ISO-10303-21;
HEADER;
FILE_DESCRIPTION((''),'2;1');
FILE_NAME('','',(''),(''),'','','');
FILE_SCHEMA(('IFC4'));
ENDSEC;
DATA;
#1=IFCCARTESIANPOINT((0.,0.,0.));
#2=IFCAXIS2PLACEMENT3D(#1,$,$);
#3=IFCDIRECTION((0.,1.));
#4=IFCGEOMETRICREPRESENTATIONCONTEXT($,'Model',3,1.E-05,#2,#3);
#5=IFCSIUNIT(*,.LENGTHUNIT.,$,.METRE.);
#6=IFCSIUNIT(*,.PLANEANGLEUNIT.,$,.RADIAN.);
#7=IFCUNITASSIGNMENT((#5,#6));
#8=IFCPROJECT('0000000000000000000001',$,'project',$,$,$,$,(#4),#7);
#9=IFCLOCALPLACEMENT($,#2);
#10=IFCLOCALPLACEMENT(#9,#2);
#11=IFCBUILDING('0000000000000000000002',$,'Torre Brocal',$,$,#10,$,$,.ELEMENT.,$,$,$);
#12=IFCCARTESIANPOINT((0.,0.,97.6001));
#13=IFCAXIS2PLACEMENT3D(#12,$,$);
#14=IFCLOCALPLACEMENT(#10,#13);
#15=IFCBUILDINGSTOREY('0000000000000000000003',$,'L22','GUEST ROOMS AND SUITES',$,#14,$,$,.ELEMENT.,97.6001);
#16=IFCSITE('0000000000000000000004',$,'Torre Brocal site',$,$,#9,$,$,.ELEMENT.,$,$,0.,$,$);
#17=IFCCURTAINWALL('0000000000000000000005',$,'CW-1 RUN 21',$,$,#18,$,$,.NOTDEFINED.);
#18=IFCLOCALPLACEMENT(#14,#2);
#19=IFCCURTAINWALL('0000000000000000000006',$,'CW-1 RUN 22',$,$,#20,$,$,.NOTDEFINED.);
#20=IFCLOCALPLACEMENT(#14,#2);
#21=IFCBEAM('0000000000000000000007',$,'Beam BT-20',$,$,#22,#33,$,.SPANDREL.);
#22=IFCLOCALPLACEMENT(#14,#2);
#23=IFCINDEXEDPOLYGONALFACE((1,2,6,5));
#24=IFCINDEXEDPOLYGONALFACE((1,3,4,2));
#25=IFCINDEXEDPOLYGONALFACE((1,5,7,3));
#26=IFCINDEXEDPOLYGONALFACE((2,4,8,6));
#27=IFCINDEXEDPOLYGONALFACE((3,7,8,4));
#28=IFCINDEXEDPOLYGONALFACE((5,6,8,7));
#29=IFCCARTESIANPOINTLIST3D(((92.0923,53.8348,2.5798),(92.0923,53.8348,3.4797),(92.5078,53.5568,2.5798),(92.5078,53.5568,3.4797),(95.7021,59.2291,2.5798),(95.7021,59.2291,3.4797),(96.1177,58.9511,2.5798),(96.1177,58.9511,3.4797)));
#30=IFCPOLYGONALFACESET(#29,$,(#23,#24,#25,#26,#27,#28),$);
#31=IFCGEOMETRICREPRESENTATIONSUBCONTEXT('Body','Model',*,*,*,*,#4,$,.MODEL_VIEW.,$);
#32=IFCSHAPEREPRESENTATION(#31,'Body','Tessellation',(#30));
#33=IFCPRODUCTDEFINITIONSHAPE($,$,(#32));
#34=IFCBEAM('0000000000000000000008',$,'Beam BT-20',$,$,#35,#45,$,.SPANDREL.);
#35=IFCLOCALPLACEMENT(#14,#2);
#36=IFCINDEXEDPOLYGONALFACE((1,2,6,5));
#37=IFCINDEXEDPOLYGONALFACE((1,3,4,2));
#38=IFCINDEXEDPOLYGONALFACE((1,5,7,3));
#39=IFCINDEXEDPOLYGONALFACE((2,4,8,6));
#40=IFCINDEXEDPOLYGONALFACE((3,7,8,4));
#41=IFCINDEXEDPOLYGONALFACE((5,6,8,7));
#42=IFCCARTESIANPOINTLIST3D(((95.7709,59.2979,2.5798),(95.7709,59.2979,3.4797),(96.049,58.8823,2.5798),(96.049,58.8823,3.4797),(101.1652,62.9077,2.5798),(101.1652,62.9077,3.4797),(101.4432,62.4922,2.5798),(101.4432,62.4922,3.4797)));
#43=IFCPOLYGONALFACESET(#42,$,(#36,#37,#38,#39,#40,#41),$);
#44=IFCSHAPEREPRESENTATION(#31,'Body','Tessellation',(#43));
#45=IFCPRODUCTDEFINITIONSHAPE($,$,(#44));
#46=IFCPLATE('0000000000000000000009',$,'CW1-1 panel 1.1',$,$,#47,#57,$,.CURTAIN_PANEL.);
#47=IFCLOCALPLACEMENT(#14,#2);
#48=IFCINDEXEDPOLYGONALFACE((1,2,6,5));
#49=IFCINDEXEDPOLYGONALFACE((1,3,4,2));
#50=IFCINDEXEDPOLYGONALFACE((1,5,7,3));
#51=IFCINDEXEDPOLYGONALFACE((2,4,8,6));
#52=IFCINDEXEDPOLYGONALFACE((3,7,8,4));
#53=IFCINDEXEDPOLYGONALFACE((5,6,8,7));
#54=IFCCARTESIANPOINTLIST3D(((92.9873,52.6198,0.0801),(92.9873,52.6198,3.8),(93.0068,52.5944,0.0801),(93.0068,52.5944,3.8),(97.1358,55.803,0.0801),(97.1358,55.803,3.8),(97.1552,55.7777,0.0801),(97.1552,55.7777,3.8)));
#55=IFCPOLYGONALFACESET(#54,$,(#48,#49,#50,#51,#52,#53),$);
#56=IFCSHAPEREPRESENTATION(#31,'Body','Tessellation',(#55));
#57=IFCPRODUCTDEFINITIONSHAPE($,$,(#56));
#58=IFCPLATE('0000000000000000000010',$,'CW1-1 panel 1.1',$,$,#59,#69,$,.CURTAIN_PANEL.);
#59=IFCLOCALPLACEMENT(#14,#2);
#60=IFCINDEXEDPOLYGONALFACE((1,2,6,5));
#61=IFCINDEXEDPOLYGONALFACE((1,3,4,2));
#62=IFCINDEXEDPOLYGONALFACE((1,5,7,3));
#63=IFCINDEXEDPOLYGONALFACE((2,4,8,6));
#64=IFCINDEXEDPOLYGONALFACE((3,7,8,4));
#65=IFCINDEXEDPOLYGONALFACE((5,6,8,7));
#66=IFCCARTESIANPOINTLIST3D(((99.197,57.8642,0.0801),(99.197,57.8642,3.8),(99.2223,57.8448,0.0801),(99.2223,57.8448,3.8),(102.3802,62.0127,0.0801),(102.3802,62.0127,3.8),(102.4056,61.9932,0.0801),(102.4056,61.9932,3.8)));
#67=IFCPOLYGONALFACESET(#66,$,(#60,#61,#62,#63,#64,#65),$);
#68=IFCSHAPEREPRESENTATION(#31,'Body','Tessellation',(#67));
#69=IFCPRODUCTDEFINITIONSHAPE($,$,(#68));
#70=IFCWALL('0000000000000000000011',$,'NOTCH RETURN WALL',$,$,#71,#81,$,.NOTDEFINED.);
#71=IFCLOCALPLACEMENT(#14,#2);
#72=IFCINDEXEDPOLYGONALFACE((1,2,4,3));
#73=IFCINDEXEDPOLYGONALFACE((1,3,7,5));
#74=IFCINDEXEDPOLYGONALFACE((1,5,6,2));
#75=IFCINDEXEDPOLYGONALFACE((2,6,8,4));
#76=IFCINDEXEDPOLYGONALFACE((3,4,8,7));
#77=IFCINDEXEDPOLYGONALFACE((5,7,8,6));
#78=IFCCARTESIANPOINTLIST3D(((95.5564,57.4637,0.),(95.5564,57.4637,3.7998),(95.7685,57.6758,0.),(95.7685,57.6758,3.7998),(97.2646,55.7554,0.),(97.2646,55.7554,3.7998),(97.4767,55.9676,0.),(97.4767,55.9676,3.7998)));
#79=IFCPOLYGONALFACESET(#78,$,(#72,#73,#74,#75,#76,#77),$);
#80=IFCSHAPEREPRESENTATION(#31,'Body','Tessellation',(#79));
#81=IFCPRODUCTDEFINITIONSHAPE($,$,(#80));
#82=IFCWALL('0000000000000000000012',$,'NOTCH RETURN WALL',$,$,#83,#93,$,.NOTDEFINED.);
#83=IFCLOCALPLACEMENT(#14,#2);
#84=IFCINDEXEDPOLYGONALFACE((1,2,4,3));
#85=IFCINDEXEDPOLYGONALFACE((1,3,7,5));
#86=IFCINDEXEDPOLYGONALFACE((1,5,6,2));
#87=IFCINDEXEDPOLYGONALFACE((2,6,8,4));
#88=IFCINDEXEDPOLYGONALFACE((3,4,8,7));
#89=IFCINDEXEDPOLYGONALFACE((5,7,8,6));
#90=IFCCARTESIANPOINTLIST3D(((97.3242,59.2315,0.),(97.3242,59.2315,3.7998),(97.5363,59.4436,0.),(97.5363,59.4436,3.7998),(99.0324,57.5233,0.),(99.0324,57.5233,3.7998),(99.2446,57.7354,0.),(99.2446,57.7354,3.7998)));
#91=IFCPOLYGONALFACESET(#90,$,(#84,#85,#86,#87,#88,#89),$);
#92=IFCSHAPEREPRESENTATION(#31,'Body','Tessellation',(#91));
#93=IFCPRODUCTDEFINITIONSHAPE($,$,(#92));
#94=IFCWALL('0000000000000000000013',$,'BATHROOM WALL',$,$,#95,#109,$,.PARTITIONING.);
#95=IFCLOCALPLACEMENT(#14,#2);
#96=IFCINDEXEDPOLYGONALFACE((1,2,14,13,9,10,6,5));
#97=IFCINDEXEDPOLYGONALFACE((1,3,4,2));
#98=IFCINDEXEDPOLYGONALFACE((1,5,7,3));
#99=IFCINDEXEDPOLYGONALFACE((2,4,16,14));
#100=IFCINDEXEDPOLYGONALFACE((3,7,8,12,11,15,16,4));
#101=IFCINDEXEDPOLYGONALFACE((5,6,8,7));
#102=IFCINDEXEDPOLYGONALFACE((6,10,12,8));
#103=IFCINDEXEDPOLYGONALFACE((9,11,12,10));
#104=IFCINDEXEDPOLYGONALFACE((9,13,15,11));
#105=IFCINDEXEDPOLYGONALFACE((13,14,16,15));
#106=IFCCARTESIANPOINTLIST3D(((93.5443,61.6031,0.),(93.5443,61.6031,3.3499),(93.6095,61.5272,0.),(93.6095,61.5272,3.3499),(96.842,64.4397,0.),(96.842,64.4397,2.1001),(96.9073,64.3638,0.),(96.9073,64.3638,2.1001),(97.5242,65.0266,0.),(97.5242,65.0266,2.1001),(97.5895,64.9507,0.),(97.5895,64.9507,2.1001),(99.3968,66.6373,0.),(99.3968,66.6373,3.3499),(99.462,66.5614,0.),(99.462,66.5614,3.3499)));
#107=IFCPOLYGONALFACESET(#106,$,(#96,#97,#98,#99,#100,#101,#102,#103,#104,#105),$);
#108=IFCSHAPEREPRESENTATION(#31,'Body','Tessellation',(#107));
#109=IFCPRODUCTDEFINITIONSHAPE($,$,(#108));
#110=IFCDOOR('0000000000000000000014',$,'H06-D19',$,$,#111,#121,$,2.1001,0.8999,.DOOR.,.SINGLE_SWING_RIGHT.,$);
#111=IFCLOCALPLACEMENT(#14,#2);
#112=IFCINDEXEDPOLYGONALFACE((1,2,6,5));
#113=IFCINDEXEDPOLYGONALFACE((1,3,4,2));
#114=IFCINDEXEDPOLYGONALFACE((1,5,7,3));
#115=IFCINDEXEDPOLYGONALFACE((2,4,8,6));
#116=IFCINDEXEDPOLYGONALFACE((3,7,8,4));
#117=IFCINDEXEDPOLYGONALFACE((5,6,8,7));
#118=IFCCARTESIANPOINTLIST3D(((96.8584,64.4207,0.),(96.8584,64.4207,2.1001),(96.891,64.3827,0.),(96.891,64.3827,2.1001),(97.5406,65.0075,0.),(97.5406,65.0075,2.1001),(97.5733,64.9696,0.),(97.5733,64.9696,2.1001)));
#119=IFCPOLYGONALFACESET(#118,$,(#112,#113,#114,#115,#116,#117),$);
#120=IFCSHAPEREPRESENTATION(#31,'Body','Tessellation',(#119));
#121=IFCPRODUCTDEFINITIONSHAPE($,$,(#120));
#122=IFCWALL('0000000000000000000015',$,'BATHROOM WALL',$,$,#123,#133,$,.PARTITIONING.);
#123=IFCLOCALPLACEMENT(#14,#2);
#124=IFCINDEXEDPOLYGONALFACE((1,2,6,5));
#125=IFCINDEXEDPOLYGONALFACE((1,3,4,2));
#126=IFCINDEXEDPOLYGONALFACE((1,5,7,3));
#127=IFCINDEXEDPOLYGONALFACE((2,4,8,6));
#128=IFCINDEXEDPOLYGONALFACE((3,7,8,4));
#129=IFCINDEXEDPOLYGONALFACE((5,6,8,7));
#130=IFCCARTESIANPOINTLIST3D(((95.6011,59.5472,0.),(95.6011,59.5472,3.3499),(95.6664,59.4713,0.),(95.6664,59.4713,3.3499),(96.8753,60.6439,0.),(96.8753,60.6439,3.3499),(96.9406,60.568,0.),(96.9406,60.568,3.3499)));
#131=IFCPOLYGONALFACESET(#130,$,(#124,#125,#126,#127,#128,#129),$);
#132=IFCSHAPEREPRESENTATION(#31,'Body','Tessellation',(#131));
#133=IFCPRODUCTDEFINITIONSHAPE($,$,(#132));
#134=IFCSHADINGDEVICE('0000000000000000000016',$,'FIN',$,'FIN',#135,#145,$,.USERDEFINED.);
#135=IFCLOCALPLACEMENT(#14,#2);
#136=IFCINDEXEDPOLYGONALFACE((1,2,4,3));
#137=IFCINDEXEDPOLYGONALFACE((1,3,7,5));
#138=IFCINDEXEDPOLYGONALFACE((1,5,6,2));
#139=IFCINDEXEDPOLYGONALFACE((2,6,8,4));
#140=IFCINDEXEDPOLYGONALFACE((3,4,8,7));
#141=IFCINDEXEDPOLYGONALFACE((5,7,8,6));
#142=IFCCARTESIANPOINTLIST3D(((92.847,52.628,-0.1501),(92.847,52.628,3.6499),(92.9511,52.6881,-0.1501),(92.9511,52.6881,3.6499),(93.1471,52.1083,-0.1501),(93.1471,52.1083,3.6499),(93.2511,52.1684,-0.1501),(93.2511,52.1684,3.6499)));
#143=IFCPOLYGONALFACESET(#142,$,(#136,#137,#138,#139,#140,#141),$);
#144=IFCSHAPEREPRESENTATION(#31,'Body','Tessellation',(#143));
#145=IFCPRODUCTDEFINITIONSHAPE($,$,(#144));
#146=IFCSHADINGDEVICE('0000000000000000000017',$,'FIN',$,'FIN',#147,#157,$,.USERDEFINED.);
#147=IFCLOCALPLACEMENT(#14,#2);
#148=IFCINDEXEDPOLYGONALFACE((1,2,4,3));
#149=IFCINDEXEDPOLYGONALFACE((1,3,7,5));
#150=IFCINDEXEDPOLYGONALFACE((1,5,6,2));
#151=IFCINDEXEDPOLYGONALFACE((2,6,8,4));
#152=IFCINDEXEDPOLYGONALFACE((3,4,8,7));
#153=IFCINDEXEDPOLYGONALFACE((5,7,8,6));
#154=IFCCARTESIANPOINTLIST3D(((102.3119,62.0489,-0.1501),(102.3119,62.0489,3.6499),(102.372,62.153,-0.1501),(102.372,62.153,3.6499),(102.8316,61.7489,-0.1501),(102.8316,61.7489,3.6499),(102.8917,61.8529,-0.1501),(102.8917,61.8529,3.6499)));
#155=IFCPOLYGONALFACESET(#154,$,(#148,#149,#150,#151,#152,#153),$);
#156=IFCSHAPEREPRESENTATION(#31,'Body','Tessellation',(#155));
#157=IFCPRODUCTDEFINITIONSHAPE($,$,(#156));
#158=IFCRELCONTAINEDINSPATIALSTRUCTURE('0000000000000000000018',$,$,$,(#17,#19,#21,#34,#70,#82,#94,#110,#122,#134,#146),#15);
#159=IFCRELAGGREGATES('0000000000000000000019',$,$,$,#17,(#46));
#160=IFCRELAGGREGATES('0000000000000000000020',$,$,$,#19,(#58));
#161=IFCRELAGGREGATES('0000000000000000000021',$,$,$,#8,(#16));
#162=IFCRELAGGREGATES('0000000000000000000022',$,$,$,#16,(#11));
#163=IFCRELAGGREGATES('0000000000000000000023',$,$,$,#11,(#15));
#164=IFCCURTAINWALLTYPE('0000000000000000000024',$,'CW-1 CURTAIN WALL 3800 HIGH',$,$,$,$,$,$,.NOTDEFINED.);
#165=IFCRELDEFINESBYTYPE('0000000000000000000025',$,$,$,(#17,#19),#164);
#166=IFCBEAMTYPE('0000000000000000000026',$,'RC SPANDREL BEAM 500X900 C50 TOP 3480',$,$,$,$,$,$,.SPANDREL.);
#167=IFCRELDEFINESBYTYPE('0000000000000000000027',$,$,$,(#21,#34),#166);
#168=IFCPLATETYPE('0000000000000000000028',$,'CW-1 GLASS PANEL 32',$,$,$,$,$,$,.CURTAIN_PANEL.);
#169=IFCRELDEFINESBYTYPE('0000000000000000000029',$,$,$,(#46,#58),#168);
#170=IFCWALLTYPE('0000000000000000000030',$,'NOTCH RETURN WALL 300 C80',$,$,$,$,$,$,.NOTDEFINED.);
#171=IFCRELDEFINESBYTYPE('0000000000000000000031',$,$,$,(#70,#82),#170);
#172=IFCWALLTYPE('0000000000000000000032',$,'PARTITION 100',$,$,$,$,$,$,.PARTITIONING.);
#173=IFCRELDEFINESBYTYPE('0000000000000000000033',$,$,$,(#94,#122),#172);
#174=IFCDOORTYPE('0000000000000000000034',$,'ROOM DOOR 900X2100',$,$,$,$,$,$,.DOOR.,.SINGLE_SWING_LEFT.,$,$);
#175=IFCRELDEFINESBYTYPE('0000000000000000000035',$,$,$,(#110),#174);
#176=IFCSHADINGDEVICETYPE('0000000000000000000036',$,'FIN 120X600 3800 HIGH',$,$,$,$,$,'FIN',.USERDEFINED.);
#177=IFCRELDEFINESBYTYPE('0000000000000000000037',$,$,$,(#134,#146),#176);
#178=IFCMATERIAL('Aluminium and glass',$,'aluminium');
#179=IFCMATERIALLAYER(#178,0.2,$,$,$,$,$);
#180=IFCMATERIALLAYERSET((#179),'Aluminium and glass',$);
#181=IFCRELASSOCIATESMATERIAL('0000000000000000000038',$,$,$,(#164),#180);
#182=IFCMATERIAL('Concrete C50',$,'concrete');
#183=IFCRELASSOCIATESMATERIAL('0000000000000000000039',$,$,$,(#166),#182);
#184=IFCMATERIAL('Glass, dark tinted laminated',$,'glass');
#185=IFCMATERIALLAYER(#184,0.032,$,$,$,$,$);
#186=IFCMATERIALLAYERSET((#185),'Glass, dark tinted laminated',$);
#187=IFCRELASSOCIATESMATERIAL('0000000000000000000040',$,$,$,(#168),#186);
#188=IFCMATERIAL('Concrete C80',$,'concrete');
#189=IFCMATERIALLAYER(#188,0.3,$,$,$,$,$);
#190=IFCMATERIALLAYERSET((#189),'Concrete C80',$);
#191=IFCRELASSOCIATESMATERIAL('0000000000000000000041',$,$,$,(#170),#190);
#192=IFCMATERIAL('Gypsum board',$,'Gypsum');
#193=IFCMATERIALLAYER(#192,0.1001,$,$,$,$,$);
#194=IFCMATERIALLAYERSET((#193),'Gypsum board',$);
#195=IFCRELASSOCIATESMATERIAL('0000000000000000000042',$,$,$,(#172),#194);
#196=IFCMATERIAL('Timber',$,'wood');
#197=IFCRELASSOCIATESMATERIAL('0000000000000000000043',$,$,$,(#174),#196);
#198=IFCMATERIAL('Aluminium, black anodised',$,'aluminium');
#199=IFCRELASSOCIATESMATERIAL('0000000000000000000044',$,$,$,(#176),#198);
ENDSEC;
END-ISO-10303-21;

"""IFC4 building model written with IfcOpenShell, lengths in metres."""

from ifc_helpers import new_model, si_unit, direction, frame, frame_2d, origin, origin_2d, place, context, subcontext, project, spatial, rectangle, extrude, material, layer, layer_set, material_profile, profile_set, type_object, element, fill, aggregate, save


model = new_model("IFC4")

# Units and contexts
model_context = context("Model", 3, precision=1e-05, world=origin(), true_north=direction((0.0, 1.0)))
body_context = subcontext(model_context, "Body", "Model", "MODEL_VIEW")
ifc_project = project(units=[si_unit("LENGTHUNIT", "METRE"), si_unit("PLANEANGLEUNIT", "RADIAN")], contexts=[model_context])

# Site, building, storey
site_placement = place(None, origin())
site = spatial("IfcSite", under=ifc_project, at=site_placement, Name="Torre Brocal site", CompositionType="ELEMENT", RefElevation=0.0)
building_placement = place(site_placement, origin())
building = spatial("IfcBuilding", under=site, at=building_placement, Name="Torre Brocal", CompositionType="ELEMENT")
storey_placement = place(building_placement, frame((0.0, 0.0, 97.6001)))
storey = spatial("IfcBuildingStorey", under=building, at=storey_placement, Name="L22", Description="GUEST ROOMS AND SUITES", CompositionType="ELEMENT", Elevation=97.6001)

# Shared definitions
ifc_material_1 = material(Name="Aluminium and glass", Category="aluminium")
ifc_layer_1 = layer(ifc_material_1, 0.2)
ifc_layer_set_1 = layer_set([ifc_layer_1], Name="Aluminium and glass")
curtain_wall_type = type_object("IfcCurtainWallType", Name="CW-1 CURTAIN WALL 3800 HIGH", PredefinedType="NOTDEFINED", material=ifc_layer_set_1)

# Curtain walls
curtain_wall_1_placement = place(storey_placement, origin())
curtain_wall_1 = element("IfcCurtainWall", 1, at=curtain_wall_1_placement, inside=storey, type_object=curtain_wall_type, Name="CW-1 RUN 21", PredefinedType="NOTDEFINED")
curtain_wall_2_placement = place(storey_placement, origin())
curtain_wall_2 = element("IfcCurtainWall", 2, at=curtain_wall_2_placement, inside=storey, type_object=curtain_wall_type, Name="CW-1 RUN 22", PredefinedType="NOTDEFINED")

# Beams
ifc_material_2 = material(Name="Concrete C50", Category="concrete")
ifc_material_profile_1 = material_profile(ifc_material_2, rectangle(XDim=0.5, YDim=0.8999, at=origin_2d()), Name="RC 500X900")
ifc_profile_set_1 = profile_set([ifc_material_profile_1], Name="Concrete C50")
beam_type_1 = type_object("IfcBeamType", Name="RC SPANDREL BEAM 500X900 C50 TOP 3480", PredefinedType="SPANDREL", material=ifc_profile_set_1)
for number, where, z_axis, x_axis, name in (
    (3, (92.3, 53.6958, 3.0298), (0.556158, 0.831077, 0.0), (-0.831077, 0.556158, 0.0), "Beam BT-20"),
    (4, (95.9099, 59.0901, 3.0298), (0.831077, 0.556158, 0.0), (-0.556158, 0.831077, 0.0), "Beam BT-20"),
):
    element("IfcBeam", number, at=place(storey_placement, frame(where, z_axis=z_axis, x_axis=x_axis)), inside=storey, type_object=beam_type_1, Name=name, PredefinedType="SPANDREL", context=body_context, shape_type="SweptSolid", body=[
        extrude(rectangle(XDim=0.5, YDim=0.8999, at=origin_2d()), origin(), (0.0, 0.0, 1.0), 6.4907),
    ])

# Plates
ifc_material_3 = material(Name="Glass, dark tinted laminated", Category="glass")
ifc_layer_2 = layer(ifc_material_3, 0.032)
ifc_layer_set_2 = layer_set([ifc_layer_2], Name="Glass, dark tinted laminated")
plate_type = type_object("IfcPlateType", Name="CW-1 GLASS PANEL 32", PredefinedType="CURTAIN_PANEL", material=ifc_layer_set_2)
plate_1_placement = place(storey_placement, frame((95.0713, 54.1987, 0.0801), z_axis=(0.0, 0.0, 1.0), x_axis=(0.793353, 0.608761, 0.0)))
plate_1 = element("IfcPlate", 5, at=plate_1_placement, type_object=plate_type, Name="CW1-1 panel 1.1", PredefinedType="CURTAIN_PANEL", context=body_context, shape_type="SweptSolid", body=[
    extrude(rectangle(XDim=5.229, YDim=0.032, at=origin_2d()), origin(), (0.0, 0.0, 1.0), 3.72),
])
aggregate(curtain_wall_1, [plate_1])
plate_2_placement = place(storey_placement, frame((100.8013, 59.9287, 0.0801), z_axis=(0.0, 0.0, 1.0), x_axis=(0.608761, 0.793353, 0.0)))
plate_2 = element("IfcPlate", 6, at=plate_2_placement, type_object=plate_type, Name="CW1-1 panel 1.1", PredefinedType="CURTAIN_PANEL", context=body_context, shape_type="SweptSolid", body=[
    extrude(rectangle(XDim=5.229, YDim=0.032, at=origin_2d()), origin(), (0.0, 0.0, 1.0), 3.72),
])
aggregate(curtain_wall_2, [plate_2])

# Walls
ifc_material_4 = material(Name="Concrete C80", Category="concrete")
ifc_layer_3 = layer(ifc_material_4, 0.3)
ifc_layer_set_3 = layer_set([ifc_layer_3], Name="Concrete C80")
wall_type_1 = type_object("IfcWallType", Name="NOTCH RETURN WALL 300 C80", PredefinedType="NOTDEFINED", material=ifc_layer_set_3)
for number, where, z_axis, x_axis, name in (
    (7, (95.6624, 57.5698, 0.0), (0.0, 0.0, 1.0), (0.707107, -0.707107, 0.0), "NOTCH RETURN WALL"),
    (8, (97.4302, 59.3376, 0.0), (0.0, 0.0, 1.0), (0.707107, -0.707107, 0.0), "NOTCH RETURN WALL"),
):
    element("IfcWall", number, at=place(storey_placement, frame(where, z_axis=z_axis, x_axis=x_axis)), inside=storey, type_object=wall_type_1, Name=name, PredefinedType="NOTDEFINED", context=body_context, shape_type="SweptSolid", body=[
        extrude(rectangle(XDim=2.4158, YDim=0.3, at=frame_2d((1.208, 0.0))), origin(), (0.0, 0.0, 1.0), 3.7998),
    ])

# Wall, opening, door
ifc_material_5 = material(Name="Gypsum board", Category="Gypsum")
ifc_layer_4 = layer(ifc_material_5, 0.1001)
ifc_layer_set_4 = layer_set([ifc_layer_4], Name="Gypsum board")
wall_type_2 = type_object("IfcWallType", Name="PARTITION 100", PredefinedType="PARTITIONING", material=ifc_layer_set_4)
wall_1_placement = place(storey_placement, frame((93.5769, 61.5652, 0.0), z_axis=(0.0, 0.0, 1.0), x_axis=(0.758121, 0.652113, 0.0)))
wall_1 = element("IfcWall", 9, at=wall_1_placement, inside=storey, type_object=wall_type_2, Name="BATHROOM WALL", PredefinedType="PARTITIONING", context=body_context, shape_type="SweptSolid", body=[
    extrude(rectangle(XDim=7.7197, YDim=0.1001, at=frame_2d((3.8599, 0.0))), origin(), (0.0, 0.0, 1.0), 3.3499),
])
opening_placement = place(wall_1_placement, frame((4.3499, 0.0, 0.0)))
opening = element("IfcOpeningElement", 10, at=opening_placement, cuts=wall_1, PredefinedType="OPENING", context=body_context, shape_type="SweptSolid", body=[
    extrude(rectangle(XDim=0.8999, YDim=2.1001, at=frame_2d((0.45, 1.05))), frame((0.0, 0.0601, 0.0), z_axis=(0.0, -1.0, 0.0), x_axis=(1.0, 0.0, 0.0)), (0.0, 0.0, 1.0), 0.1201),
])
ifc_material_6 = material(Name="Timber", Category="wood")
door_type = type_object("IfcDoorType", Name="ROOM DOOR 900X2100", OperationType="SINGLE_SWING_LEFT", PredefinedType="DOOR", material=ifc_material_6)
door_placement = place(opening_placement, origin())
door = element("IfcDoor", 11, at=door_placement, inside=storey, type_object=door_type, Name="H06-D19", OperationType="SINGLE_SWING_RIGHT", OverallHeight=2.1001, OverallWidth=0.8999, PredefinedType="DOOR", context=body_context, shape_type="SweptSolid", body=[
    extrude(rectangle(XDim=0.8999, YDim=2.1001, at=frame_2d((0.45, 1.05))), frame((0.0, 0.0249, 0.0), z_axis=(0.0, -1.0, 0.0), x_axis=(1.0, 0.0, 0.0)), (0.0, 0.0, 1.0), 0.05),
])
fill(opening, door)

# Wall
wall_2_placement = place(storey_placement, frame((95.6338, 59.5093, 0.0), z_axis=(0.0, 0.0, 1.0), x_axis=(0.757922, 0.652345, 0.0)))
element("IfcWall", 12, at=wall_2_placement, inside=storey, type_object=wall_type_2, Name="BATHROOM WALL", PredefinedType="PARTITIONING", context=body_context, shape_type="SweptSolid", body=[
    extrude(rectangle(XDim=1.6812, YDim=0.1001, at=frame_2d((0.8406, 0.0))), origin(), (0.0, 0.0, 1.0), 3.3499),
])

# Shading devices
ifc_material_7 = material(Name="Aluminium, black anodised", Category="aluminium")
ifc_material_profile_2 = material_profile(ifc_material_7, rectangle(XDim=0.1201, YDim=0.6001, at=origin_2d()), Name="FIN 120X600 3800 HIGH")
ifc_profile_set_2 = profile_set([ifc_material_profile_2], Name="Aluminium, black anodised")
shading_device_type = type_object("IfcShadingDeviceType", Name="FIN 120X600 3800 HIGH", ElementType="FIN", PredefinedType="USERDEFINED", material=ifc_profile_set_2)
for number, where, z_axis, x_axis, name in (
    (13, (93.0491, 52.3982, -0.1501), (0.0, 0.0, 1.0), (0.866025, 0.5, 0.0), "FIN"),
    (14, (102.6018, 61.9509, -0.1501), (0.0, 0.0, 1.0), (0.5, 0.866025, 0.0), "FIN"),
):
    element("IfcShadingDevice", number, at=place(storey_placement, frame(where, z_axis=z_axis, x_axis=x_axis)), inside=storey, type_object=shading_device_type, Name=name, ObjectType="FIN", PredefinedType="USERDEFINED", context=body_context, shape_type="SweptSolid", body=[
        extrude(rectangle(XDim=0.1201, YDim=0.6001, at=origin_2d()), origin(), (0.0, 0.0, 1.0), 3.8),
    ])

save(model, "model.ifc")
